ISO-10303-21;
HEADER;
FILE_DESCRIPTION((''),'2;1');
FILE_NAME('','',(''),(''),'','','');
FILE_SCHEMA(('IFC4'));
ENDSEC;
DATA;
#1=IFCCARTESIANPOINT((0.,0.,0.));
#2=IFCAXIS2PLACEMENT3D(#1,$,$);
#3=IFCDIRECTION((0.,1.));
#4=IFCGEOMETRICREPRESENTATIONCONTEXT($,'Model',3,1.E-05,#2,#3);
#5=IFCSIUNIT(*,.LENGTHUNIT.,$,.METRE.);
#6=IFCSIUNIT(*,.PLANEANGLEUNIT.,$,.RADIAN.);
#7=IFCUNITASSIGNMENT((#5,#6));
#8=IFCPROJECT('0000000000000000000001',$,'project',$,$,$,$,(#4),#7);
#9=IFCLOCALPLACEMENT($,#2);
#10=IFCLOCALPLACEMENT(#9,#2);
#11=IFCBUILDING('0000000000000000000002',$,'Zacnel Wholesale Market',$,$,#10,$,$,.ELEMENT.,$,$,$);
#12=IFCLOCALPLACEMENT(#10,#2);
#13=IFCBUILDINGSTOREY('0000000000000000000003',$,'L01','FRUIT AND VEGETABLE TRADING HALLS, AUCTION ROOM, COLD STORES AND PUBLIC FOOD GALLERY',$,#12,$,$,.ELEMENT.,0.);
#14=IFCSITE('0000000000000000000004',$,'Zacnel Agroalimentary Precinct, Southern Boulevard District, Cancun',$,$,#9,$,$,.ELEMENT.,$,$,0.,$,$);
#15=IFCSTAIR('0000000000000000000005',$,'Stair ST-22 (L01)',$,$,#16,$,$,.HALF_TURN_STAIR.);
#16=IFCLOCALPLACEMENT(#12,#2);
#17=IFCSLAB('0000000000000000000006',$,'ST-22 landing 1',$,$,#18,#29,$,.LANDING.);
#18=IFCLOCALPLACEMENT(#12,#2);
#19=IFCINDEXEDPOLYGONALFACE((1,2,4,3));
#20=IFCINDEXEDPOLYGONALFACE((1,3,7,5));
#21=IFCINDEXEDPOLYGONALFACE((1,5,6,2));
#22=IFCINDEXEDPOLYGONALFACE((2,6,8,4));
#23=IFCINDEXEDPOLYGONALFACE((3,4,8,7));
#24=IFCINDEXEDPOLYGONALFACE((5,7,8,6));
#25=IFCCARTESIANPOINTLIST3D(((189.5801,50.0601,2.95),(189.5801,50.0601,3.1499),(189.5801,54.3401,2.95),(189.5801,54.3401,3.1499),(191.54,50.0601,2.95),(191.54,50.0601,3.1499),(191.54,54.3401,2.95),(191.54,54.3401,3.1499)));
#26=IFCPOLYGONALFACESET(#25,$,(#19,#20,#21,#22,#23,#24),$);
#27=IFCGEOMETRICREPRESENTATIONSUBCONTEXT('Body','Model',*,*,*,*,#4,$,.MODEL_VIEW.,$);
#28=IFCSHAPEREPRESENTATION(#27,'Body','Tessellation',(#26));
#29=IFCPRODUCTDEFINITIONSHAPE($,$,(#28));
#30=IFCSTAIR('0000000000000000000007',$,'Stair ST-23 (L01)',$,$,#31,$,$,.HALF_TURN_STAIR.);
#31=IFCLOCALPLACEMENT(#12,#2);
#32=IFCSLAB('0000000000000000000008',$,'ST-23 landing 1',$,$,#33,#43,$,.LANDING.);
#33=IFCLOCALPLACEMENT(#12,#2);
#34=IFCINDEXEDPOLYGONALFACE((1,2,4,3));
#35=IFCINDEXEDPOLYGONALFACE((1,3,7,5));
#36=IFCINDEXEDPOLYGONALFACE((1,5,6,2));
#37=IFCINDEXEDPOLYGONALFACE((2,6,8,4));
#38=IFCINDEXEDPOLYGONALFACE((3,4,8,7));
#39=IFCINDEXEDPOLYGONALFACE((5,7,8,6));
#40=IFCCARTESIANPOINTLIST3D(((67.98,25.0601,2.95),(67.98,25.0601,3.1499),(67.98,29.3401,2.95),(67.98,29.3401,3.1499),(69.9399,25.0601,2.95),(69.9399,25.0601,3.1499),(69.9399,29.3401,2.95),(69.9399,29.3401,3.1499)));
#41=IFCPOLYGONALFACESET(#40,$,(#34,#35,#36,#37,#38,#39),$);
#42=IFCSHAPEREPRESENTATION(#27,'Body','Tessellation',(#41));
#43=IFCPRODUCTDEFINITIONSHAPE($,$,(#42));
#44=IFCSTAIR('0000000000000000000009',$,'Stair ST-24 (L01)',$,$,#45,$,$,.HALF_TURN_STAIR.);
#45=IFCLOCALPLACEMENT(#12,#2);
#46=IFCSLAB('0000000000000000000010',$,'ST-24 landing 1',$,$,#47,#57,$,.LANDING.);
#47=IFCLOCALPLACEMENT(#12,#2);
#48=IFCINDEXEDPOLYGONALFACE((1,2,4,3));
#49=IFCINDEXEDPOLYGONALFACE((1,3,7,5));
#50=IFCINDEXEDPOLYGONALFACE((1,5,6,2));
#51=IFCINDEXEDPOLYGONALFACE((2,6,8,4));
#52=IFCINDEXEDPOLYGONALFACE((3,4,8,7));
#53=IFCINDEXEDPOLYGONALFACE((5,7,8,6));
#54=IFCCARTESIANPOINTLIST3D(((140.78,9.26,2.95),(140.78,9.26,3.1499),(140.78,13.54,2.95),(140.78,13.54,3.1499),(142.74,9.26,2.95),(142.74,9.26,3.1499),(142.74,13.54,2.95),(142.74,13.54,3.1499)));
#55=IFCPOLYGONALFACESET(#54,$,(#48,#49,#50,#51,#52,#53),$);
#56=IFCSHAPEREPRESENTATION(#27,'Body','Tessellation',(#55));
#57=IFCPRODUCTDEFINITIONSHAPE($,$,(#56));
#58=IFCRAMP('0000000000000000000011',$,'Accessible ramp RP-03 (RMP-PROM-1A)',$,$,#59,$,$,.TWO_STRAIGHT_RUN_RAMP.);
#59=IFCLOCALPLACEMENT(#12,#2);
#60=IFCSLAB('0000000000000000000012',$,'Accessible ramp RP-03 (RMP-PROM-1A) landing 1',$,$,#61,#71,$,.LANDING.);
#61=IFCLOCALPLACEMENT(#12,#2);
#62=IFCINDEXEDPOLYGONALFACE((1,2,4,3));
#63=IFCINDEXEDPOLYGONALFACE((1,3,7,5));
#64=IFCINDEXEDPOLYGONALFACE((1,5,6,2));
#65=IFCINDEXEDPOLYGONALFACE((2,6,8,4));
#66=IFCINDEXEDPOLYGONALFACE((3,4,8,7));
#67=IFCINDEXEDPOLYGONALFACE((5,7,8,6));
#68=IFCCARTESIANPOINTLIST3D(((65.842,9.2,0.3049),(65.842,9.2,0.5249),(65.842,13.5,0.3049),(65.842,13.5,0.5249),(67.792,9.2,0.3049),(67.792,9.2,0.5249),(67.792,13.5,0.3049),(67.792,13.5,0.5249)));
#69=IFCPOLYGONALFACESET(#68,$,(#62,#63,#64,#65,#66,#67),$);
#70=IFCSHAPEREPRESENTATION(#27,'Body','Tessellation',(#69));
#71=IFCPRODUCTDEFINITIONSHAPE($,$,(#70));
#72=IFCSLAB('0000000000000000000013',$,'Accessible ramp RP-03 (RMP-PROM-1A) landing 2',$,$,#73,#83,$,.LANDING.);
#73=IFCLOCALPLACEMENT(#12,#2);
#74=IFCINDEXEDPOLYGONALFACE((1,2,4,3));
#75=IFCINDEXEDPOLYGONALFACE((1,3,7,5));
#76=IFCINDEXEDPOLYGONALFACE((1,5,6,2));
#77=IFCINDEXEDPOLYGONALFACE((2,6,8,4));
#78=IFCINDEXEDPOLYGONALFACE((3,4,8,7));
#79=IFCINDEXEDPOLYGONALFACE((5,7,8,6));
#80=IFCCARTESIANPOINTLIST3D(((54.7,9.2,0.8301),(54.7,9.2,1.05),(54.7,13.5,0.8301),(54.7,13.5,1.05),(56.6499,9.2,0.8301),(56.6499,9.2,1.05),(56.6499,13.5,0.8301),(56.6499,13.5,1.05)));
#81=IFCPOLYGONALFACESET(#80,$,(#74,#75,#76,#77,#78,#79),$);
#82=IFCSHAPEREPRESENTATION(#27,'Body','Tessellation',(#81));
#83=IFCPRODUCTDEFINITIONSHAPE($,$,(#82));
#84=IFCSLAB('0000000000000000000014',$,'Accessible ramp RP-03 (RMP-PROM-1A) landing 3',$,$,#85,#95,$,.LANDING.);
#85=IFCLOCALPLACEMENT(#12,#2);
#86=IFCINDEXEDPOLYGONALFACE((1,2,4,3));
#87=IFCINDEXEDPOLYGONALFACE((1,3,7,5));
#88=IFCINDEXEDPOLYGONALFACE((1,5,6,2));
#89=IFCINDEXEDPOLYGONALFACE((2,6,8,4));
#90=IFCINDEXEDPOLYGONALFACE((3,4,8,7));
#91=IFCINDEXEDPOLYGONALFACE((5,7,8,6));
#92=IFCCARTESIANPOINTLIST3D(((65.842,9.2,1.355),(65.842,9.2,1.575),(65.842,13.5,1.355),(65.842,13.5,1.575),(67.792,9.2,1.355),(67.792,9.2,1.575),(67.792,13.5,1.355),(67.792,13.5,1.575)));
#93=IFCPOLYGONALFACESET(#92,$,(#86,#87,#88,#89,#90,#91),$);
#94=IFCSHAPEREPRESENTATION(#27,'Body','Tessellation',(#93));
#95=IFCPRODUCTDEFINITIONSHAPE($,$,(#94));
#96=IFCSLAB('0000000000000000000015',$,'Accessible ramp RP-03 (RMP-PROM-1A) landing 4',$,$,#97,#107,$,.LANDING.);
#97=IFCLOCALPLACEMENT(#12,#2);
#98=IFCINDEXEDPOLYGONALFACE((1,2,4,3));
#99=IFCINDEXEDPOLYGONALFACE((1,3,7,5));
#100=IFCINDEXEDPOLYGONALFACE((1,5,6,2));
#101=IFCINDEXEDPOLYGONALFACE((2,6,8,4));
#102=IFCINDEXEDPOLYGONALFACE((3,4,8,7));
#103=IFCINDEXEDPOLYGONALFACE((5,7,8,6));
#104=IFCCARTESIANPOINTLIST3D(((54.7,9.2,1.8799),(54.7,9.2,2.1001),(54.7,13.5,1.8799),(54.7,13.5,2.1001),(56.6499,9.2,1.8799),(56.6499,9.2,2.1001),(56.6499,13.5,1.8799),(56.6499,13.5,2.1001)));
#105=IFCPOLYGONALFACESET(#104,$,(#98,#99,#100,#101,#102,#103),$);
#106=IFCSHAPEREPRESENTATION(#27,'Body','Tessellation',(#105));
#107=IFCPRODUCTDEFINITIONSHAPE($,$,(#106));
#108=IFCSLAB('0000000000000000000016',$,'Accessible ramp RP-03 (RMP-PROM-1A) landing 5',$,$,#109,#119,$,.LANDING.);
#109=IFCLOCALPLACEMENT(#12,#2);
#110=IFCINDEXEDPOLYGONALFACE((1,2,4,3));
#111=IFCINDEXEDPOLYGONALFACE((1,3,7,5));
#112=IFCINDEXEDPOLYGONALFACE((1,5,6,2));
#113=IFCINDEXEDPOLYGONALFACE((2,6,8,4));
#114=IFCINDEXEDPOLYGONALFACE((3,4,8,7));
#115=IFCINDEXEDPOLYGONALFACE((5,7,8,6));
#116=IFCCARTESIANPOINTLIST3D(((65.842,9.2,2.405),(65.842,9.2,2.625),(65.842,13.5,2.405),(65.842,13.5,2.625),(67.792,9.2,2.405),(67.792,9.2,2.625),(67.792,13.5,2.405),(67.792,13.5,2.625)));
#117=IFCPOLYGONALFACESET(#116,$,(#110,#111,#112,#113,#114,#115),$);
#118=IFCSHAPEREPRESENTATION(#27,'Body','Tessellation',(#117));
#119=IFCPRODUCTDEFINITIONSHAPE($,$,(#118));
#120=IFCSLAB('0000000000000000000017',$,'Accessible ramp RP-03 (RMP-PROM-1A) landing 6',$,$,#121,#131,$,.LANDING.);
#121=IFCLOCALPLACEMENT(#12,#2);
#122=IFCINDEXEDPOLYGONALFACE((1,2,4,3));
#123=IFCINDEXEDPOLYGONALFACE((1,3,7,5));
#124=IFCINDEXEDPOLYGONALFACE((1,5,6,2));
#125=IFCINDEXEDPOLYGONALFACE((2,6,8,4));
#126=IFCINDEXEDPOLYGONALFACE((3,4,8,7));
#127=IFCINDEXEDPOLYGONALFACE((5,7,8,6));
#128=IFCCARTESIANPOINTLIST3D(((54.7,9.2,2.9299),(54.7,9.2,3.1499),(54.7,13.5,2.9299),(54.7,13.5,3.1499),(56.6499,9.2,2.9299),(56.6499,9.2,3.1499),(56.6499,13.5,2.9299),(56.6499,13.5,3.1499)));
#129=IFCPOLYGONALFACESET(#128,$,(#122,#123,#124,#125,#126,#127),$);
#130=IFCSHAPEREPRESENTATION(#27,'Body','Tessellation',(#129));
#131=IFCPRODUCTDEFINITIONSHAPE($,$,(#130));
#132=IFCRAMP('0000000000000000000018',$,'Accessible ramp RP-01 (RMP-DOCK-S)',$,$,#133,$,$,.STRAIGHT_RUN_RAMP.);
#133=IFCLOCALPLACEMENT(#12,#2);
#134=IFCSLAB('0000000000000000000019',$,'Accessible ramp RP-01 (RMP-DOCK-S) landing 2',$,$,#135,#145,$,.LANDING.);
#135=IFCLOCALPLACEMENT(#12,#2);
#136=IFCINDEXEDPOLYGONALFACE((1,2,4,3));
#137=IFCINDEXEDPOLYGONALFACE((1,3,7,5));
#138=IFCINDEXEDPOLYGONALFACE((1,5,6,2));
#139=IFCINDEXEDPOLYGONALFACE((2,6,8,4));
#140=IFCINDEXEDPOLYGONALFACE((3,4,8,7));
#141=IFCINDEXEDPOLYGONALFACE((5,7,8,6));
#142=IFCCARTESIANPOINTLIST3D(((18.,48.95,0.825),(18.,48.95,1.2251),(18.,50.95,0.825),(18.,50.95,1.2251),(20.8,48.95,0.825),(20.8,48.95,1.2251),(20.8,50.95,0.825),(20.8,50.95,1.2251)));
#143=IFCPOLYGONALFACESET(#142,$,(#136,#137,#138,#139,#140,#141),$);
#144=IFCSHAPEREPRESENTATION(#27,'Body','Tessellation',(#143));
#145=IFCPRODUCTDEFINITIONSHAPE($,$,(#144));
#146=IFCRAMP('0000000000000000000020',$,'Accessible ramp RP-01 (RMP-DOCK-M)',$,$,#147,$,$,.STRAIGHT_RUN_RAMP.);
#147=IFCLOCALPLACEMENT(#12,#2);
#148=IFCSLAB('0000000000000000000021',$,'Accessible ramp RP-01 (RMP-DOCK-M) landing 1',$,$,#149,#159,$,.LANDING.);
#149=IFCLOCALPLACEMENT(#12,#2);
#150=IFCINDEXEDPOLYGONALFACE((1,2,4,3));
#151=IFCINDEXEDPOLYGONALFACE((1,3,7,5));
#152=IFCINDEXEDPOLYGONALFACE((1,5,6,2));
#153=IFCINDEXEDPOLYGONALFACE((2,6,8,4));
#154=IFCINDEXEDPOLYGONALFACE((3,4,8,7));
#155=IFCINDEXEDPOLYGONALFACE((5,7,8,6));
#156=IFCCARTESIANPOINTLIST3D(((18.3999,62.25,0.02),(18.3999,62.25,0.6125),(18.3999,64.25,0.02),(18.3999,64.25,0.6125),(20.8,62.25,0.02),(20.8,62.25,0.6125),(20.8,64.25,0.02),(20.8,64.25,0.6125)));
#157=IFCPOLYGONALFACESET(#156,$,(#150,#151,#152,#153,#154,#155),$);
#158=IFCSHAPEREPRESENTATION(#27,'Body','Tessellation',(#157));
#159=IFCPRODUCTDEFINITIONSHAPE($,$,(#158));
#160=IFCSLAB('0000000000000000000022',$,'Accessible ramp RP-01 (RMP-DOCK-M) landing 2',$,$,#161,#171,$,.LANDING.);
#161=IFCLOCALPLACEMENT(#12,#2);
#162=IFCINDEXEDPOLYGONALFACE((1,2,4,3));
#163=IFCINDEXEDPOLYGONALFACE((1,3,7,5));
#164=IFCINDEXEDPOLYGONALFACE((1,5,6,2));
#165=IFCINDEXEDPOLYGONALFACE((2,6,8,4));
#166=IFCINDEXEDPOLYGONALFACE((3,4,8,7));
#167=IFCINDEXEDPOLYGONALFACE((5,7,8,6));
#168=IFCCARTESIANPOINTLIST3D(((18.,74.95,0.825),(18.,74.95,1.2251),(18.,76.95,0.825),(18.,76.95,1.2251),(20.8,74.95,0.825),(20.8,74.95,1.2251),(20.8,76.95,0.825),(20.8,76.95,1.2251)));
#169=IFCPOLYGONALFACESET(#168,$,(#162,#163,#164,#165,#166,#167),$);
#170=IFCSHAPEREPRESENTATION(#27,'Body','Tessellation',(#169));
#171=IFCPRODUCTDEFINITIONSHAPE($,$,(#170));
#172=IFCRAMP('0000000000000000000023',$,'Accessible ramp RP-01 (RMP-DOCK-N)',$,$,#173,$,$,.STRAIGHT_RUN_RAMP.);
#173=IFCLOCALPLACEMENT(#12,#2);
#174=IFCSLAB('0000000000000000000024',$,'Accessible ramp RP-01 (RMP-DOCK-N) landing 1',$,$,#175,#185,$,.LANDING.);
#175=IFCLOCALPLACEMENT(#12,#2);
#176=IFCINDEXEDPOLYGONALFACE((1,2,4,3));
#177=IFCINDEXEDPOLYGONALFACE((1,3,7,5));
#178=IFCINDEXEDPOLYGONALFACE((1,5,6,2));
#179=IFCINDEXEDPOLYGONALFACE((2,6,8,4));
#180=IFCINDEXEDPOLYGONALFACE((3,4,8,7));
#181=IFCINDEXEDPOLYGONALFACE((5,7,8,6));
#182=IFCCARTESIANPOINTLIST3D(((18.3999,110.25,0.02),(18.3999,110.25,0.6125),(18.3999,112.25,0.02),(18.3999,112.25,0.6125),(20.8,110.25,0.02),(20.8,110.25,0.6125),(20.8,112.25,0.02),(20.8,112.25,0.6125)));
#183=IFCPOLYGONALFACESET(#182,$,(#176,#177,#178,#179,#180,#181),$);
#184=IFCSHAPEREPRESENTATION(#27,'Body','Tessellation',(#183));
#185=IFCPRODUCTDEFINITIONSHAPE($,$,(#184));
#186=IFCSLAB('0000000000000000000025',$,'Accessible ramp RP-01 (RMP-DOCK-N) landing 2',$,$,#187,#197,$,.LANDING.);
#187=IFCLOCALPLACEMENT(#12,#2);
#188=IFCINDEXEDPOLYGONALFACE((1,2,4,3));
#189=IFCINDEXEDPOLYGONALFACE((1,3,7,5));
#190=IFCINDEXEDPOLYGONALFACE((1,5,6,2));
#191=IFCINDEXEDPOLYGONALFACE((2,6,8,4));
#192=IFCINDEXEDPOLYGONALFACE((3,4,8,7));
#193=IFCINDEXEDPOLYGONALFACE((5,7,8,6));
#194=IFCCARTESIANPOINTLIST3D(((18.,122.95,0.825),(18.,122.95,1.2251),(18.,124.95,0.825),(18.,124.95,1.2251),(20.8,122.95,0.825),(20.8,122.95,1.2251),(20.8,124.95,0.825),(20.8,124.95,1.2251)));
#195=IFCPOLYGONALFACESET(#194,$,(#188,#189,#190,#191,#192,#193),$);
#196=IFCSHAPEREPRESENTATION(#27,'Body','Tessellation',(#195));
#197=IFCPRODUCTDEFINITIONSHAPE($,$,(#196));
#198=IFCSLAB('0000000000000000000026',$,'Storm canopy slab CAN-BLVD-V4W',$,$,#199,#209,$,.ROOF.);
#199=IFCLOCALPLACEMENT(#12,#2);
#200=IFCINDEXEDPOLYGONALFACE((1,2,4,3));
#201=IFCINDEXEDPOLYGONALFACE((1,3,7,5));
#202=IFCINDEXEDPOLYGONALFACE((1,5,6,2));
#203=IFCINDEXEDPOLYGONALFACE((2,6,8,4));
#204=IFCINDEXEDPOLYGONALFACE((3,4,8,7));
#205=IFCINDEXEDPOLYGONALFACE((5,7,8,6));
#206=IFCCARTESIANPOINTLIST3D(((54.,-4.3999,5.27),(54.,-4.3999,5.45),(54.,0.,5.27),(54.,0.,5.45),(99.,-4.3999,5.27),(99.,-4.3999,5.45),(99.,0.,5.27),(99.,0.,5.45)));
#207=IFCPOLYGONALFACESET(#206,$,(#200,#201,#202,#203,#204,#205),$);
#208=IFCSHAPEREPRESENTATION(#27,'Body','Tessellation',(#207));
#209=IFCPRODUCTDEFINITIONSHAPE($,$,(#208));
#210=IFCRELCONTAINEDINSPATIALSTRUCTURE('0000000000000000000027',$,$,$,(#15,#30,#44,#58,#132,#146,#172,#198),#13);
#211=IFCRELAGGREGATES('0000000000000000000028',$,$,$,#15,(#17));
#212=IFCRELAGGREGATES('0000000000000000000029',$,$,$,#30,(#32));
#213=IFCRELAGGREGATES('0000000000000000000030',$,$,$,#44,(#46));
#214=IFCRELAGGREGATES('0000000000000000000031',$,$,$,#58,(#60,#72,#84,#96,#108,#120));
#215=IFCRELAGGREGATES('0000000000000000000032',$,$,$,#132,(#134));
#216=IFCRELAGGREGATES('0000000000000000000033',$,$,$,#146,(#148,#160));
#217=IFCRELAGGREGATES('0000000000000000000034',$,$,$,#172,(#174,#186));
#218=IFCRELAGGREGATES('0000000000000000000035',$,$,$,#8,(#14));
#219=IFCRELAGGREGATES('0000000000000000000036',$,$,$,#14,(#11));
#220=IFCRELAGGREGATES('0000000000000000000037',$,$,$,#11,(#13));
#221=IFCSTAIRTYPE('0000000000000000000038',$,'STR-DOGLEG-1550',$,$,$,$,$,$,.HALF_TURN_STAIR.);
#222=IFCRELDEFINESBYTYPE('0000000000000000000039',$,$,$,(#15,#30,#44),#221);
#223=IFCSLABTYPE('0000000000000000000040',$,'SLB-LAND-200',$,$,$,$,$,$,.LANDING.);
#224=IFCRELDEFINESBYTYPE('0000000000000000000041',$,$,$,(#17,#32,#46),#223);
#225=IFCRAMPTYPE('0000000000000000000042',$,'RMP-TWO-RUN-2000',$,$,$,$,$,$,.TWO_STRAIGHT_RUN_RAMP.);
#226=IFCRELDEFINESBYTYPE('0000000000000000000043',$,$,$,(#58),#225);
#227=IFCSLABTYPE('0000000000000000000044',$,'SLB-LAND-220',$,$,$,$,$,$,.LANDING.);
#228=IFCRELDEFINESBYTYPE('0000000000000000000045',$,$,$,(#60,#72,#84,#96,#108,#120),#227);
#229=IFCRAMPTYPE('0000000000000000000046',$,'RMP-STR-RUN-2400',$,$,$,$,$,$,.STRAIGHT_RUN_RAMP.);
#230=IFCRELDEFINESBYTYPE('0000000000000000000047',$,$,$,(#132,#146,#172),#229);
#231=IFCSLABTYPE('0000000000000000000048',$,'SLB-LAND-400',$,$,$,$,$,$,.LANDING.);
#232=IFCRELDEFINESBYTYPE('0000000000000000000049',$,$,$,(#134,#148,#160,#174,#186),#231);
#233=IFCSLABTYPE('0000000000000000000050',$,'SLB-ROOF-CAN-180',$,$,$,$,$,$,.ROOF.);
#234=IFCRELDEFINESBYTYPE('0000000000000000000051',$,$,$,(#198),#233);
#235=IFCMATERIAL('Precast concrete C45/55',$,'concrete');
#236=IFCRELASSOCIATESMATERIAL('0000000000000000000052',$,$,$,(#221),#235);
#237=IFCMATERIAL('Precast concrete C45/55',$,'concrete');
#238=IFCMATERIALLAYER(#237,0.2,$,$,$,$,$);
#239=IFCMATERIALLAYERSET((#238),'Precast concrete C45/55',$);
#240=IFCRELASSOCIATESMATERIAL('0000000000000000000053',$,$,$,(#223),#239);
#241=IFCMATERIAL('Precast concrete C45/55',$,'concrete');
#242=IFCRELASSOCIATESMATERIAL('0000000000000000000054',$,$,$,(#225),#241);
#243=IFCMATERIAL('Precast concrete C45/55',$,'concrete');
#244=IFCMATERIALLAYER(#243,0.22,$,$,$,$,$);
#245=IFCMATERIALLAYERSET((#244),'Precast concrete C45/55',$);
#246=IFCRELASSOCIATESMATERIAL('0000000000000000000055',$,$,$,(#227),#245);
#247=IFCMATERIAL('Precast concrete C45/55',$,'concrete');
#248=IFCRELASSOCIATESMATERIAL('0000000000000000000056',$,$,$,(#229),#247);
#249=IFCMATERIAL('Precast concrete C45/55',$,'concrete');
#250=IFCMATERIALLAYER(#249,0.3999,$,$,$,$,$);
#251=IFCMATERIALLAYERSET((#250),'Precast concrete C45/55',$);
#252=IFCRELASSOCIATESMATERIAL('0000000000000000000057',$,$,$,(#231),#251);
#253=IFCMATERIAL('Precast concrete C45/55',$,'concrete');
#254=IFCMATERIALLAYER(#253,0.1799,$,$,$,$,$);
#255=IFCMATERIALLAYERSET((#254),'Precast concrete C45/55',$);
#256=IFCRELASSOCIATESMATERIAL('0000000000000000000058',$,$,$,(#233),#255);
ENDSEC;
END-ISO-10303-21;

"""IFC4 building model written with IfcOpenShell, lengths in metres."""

from ifc_helpers import new_model, si_unit, direction, frame, origin, place, context, subcontext, project, spatial, polyline, outline, extrude, material, layer, layer_set, type_object, element, aggregate, save


model = new_model("IFC4")

# Units and contexts
model_context = context("Model", 3, precision=1e-05, world=origin(), true_north=direction((0.0, 1.0)))
body_context = subcontext(model_context, "Body", "Model", "MODEL_VIEW")
ifc_project = project(units=[si_unit("LENGTHUNIT", "METRE"), si_unit("PLANEANGLEUNIT", "RADIAN")], contexts=[model_context])

# Site, building, storey
site_placement = place(None, origin())
site = spatial("IfcSite", under=ifc_project, at=site_placement, Name="Zacnel Agroalimentary Precinct, Southern Boulevard District, Cancun", CompositionType="ELEMENT", RefElevation=0.0)
building_placement = place(site_placement, origin())
building = spatial("IfcBuilding", under=site, at=building_placement, Name="Zacnel Wholesale Market", CompositionType="ELEMENT")
storey_placement = place(building_placement, origin())
storey = spatial("IfcBuildingStorey", under=building, at=storey_placement, Name="L01", Description="FRUIT AND VEGETABLE TRADING HALLS, AUCTION ROOM, COLD STORES AND PUBLIC FOOD GALLERY", CompositionType="ELEMENT", Elevation=0.0)

# Stairs, slabs
ifc_material_1 = material(Name="Precast concrete C45/55", Category="concrete")
stair_type = type_object("IfcStairType", Name="STR-DOGLEG-1550", PredefinedType="HALF_TURN_STAIR", material=ifc_material_1)
ifc_material_2 = material(Name="Precast concrete C45/55", Category="concrete")
ifc_layer_1 = layer(ifc_material_2, 0.2)
ifc_layer_set_1 = layer_set([ifc_layer_1], Name="Precast concrete C45/55")
slab_type_1 = type_object("IfcSlabType", Name="SLB-LAND-200", PredefinedType="LANDING", material=ifc_layer_set_1)
stair_1_placement = place(storey_placement, origin())
stair_1 = element("IfcStair", 1, at=stair_1_placement, inside=storey, type_object=stair_type, Name="Stair ST-22 (L01)", PredefinedType="HALF_TURN_STAIR")
slab_1_placement = place(storey_placement, frame((0.0, 0.0, 2.95)))
slab_1 = element("IfcSlab", 2, at=slab_1_placement, type_object=slab_type_1, Name="ST-22 landing 1", PredefinedType="LANDING", context=body_context, shape_type="SweptSolid", body=[
    extrude(outline(polyline([(189.5801, 50.0601), (191.54, 50.0601), (191.54, 54.3401), (189.5801, 54.3401), (189.5801, 50.0601)])), origin(), (0.0, 0.0, 1.0), 0.2),
])
aggregate(stair_1, [slab_1])
stair_2_placement = place(storey_placement, origin())
stair_2 = element("IfcStair", 3, at=stair_2_placement, inside=storey, type_object=stair_type, Name="Stair ST-23 (L01)", PredefinedType="HALF_TURN_STAIR")
slab_2_placement = place(storey_placement, frame((0.0, 0.0, 2.95)))
slab_2 = element("IfcSlab", 4, at=slab_2_placement, type_object=slab_type_1, Name="ST-23 landing 1", PredefinedType="LANDING", context=body_context, shape_type="SweptSolid", body=[
    extrude(outline(polyline([(67.98, 25.0601), (69.9399, 25.0601), (69.9399, 29.3401), (67.98, 29.3401), (67.98, 25.0601)])), origin(), (0.0, 0.0, 1.0), 0.2),
])
aggregate(stair_2, [slab_2])
stair_3_placement = place(storey_placement, origin())
stair_3 = element("IfcStair", 5, at=stair_3_placement, inside=storey, type_object=stair_type, Name="Stair ST-24 (L01)", PredefinedType="HALF_TURN_STAIR")
slab_3_placement = place(storey_placement, frame((0.0, 0.0, 2.95)))
slab_3 = element("IfcSlab", 6, at=slab_3_placement, type_object=slab_type_1, Name="ST-24 landing 1", PredefinedType="LANDING", context=body_context, shape_type="SweptSolid", body=[
    extrude(outline(polyline([(140.78, 9.26), (142.74, 9.26), (142.74, 13.54), (140.78, 13.54), (140.78, 9.26)])), origin(), (0.0, 0.0, 1.0), 0.2),
])
aggregate(stair_3, [slab_3])

# Ramp, slabs
ifc_material_3 = material(Name="Precast concrete C45/55", Category="concrete")
ramp_type_1 = type_object("IfcRampType", Name="RMP-TWO-RUN-2000", PredefinedType="TWO_STRAIGHT_RUN_RAMP", material=ifc_material_3)
ramp_1_placement = place(storey_placement, origin())
ramp_1 = element("IfcRamp", 7, at=ramp_1_placement, inside=storey, type_object=ramp_type_1, Name="Accessible ramp RP-03 (RMP-PROM-1A)", PredefinedType="TWO_STRAIGHT_RUN_RAMP")
ifc_material_4 = material(Name="Precast concrete C45/55", Category="concrete")
ifc_layer_2 = layer(ifc_material_4, 0.22)
ifc_layer_set_2 = layer_set([ifc_layer_2], Name="Precast concrete C45/55")
slab_type_2 = type_object("IfcSlabType", Name="SLB-LAND-220", PredefinedType="LANDING", material=ifc_layer_set_2)
slab_4_placement = place(storey_placement, frame((0.0, 0.0, 0.3049)))
slab_4 = element("IfcSlab", 8, at=slab_4_placement, type_object=slab_type_2, Name="Accessible ramp RP-03 (RMP-PROM-1A) landing 1", PredefinedType="LANDING", context=body_context, shape_type="SweptSolid", body=[
    extrude(outline(polyline([(65.842, 9.2), (67.792, 9.2), (67.792, 13.5), (65.842, 13.5), (65.842, 9.2)])), origin(), (0.0, 0.0, 1.0), 0.22),
])
slab_5_placement = place(storey_placement, frame((0.0, 0.0, 0.8301)))
slab_5 = element("IfcSlab", 9, at=slab_5_placement, type_object=slab_type_2, Name="Accessible ramp RP-03 (RMP-PROM-1A) landing 2", PredefinedType="LANDING", context=body_context, shape_type="SweptSolid", body=[
    extrude(outline(polyline([(54.7, 9.2), (56.6499, 9.2), (56.6499, 13.5), (54.7, 13.5), (54.7, 9.2)])), origin(), (0.0, 0.0, 1.0), 0.22),
])
slab_6_placement = place(storey_placement, frame((0.0, 0.0, 1.355)))
slab_6 = element("IfcSlab", 10, at=slab_6_placement, type_object=slab_type_2, Name="Accessible ramp RP-03 (RMP-PROM-1A) landing 3", PredefinedType="LANDING", context=body_context, shape_type="SweptSolid", body=[
    extrude(outline(polyline([(65.842, 9.2), (67.792, 9.2), (67.792, 13.5), (65.842, 13.5), (65.842, 9.2)])), origin(), (0.0, 0.0, 1.0), 0.22),
])
slab_7_placement = place(storey_placement, frame((0.0, 0.0, 1.8799)))
slab_7 = element("IfcSlab", 11, at=slab_7_placement, type_object=slab_type_2, Name="Accessible ramp RP-03 (RMP-PROM-1A) landing 4", PredefinedType="LANDING", context=body_context, shape_type="SweptSolid", body=[
    extrude(outline(polyline([(54.7, 9.2), (56.6499, 9.2), (56.6499, 13.5), (54.7, 13.5), (54.7, 9.2)])), origin(), (0.0, 0.0, 1.0), 0.2202),
])
slab_8_placement = place(storey_placement, frame((0.0, 0.0, 2.405)))
slab_8 = element("IfcSlab", 12, at=slab_8_placement, type_object=slab_type_2, Name="Accessible ramp RP-03 (RMP-PROM-1A) landing 5", PredefinedType="LANDING", context=body_context, shape_type="SweptSolid", body=[
    extrude(outline(polyline([(65.842, 9.2), (67.792, 9.2), (67.792, 13.5), (65.842, 13.5), (65.842, 9.2)])), origin(), (0.0, 0.0, 1.0), 0.22),
])
slab_9_placement = place(storey_placement, frame((0.0, 0.0, 2.9299)))
slab_9 = element("IfcSlab", 13, at=slab_9_placement, type_object=slab_type_2, Name="Accessible ramp RP-03 (RMP-PROM-1A) landing 6", PredefinedType="LANDING", context=body_context, shape_type="SweptSolid", body=[
    extrude(outline(polyline([(54.7, 9.2), (56.6499, 9.2), (56.6499, 13.5), (54.7, 13.5), (54.7, 9.2)])), origin(), (0.0, 0.0, 1.0), 0.22),
])
aggregate(ramp_1, [slab_4, slab_5, slab_6, slab_7, slab_8, slab_9])

# Ramp, slab
ifc_material_5 = material(Name="Precast concrete C45/55", Category="concrete")
ramp_type_2 = type_object("IfcRampType", Name="RMP-STR-RUN-2400", PredefinedType="STRAIGHT_RUN_RAMP", material=ifc_material_5)
ramp_2_placement = place(storey_placement, origin())
ramp_2 = element("IfcRamp", 14, at=ramp_2_placement, inside=storey, type_object=ramp_type_2, Name="Accessible ramp RP-01 (RMP-DOCK-S)", PredefinedType="STRAIGHT_RUN_RAMP")
ifc_material_6 = material(Name="Precast concrete C45/55", Category="concrete")
ifc_layer_3 = layer(ifc_material_6, 0.3999)
ifc_layer_set_3 = layer_set([ifc_layer_3], Name="Precast concrete C45/55")
slab_type_3 = type_object("IfcSlabType", Name="SLB-LAND-400", PredefinedType="LANDING", material=ifc_layer_set_3)
slab_10_placement = place(storey_placement, frame((0.0, 0.0, 0.825)))
slab_10 = element("IfcSlab", 15, at=slab_10_placement, type_object=slab_type_3, Name="Accessible ramp RP-01 (RMP-DOCK-S) landing 2", PredefinedType="LANDING", context=body_context, shape_type="SweptSolid", body=[
    extrude(outline(polyline([(18.0, 48.95), (20.8, 48.95), (20.8, 50.95), (18.0, 50.95), (18.0, 48.95)])), origin(), (0.0, 0.0, 1.0), 0.4001),
])
aggregate(ramp_2, [slab_10])

# Ramps, slabs
ramp_3_placement = place(storey_placement, origin())
ramp_3 = element("IfcRamp", 16, at=ramp_3_placement, inside=storey, type_object=ramp_type_2, Name="Accessible ramp RP-01 (RMP-DOCK-M)", PredefinedType="STRAIGHT_RUN_RAMP")
slab_11_placement = place(storey_placement, frame((0.0, 0.0, 0.02)))
slab_11 = element("IfcSlab", 17, at=slab_11_placement, type_object=slab_type_3, Name="Accessible ramp RP-01 (RMP-DOCK-M) landing 1", PredefinedType="LANDING", context=body_context, shape_type="SweptSolid", body=[
    extrude(outline(polyline([(18.3999, 62.25), (20.8, 62.25), (20.8, 64.25), (18.3999, 64.25), (18.3999, 62.25)])), origin(), (0.0, 0.0, 1.0), 0.5925),
])
slab_12_placement = place(storey_placement, frame((0.0, 0.0, 0.825)))
slab_12 = element("IfcSlab", 18, at=slab_12_placement, type_object=slab_type_3, Name="Accessible ramp RP-01 (RMP-DOCK-M) landing 2", PredefinedType="LANDING", context=body_context, shape_type="SweptSolid", body=[
    extrude(outline(polyline([(18.0, 74.95), (20.8, 74.95), (20.8, 76.95), (18.0, 76.95), (18.0, 74.95)])), origin(), (0.0, 0.0, 1.0), 0.4001),
])
aggregate(ramp_3, [slab_11, slab_12])
ramp_4_placement = place(storey_placement, origin())
ramp_4 = element("IfcRamp", 19, at=ramp_4_placement, inside=storey, type_object=ramp_type_2, Name="Accessible ramp RP-01 (RMP-DOCK-N)", PredefinedType="STRAIGHT_RUN_RAMP")
slab_13_placement = place(storey_placement, frame((0.0, 0.0, 0.02)))
slab_13 = element("IfcSlab", 20, at=slab_13_placement, type_object=slab_type_3, Name="Accessible ramp RP-01 (RMP-DOCK-N) landing 1", PredefinedType="LANDING", context=body_context, shape_type="SweptSolid", body=[
    extrude(outline(polyline([(18.3999, 110.25), (20.8, 110.25), (20.8, 112.25), (18.3999, 112.25), (18.3999, 110.25)])), origin(), (0.0, 0.0, 1.0), 0.5925),
])
slab_14_placement = place(storey_placement, frame((0.0, 0.0, 0.825)))
slab_14 = element("IfcSlab", 21, at=slab_14_placement, type_object=slab_type_3, Name="Accessible ramp RP-01 (RMP-DOCK-N) landing 2", PredefinedType="LANDING", context=body_context, shape_type="SweptSolid", body=[
    extrude(outline(polyline([(18.0, 122.95), (20.8, 122.95), (20.8, 124.95), (18.0, 124.95), (18.0, 122.95)])), origin(), (0.0, 0.0, 1.0), 0.4001),
])
aggregate(ramp_4, [slab_13, slab_14])

# Slab
ifc_material_7 = material(Name="Precast concrete C45/55", Category="concrete")
ifc_layer_4 = layer(ifc_material_7, 0.1799)
ifc_layer_set_4 = layer_set([ifc_layer_4], Name="Precast concrete C45/55")
slab_type_4 = type_object("IfcSlabType", Name="SLB-ROOF-CAN-180", PredefinedType="ROOF", material=ifc_layer_set_4)
slab_15_placement = place(storey_placement, frame((0.0, 0.0, 5.27)))
element("IfcSlab", 22, at=slab_15_placement, inside=storey, type_object=slab_type_4, Name="Storm canopy slab CAN-BLVD-V4W", PredefinedType="ROOF", context=body_context, shape_type="SweptSolid", body=[
    extrude(outline(polyline([(54.0, -4.3999), (99.0, -4.3999), (99.0, 0.0), (54.0, 0.0), (54.0, -4.3999)])), origin(), (0.0, 0.0, 1.0), 0.1799),
])

save(model, "model.ifc")
